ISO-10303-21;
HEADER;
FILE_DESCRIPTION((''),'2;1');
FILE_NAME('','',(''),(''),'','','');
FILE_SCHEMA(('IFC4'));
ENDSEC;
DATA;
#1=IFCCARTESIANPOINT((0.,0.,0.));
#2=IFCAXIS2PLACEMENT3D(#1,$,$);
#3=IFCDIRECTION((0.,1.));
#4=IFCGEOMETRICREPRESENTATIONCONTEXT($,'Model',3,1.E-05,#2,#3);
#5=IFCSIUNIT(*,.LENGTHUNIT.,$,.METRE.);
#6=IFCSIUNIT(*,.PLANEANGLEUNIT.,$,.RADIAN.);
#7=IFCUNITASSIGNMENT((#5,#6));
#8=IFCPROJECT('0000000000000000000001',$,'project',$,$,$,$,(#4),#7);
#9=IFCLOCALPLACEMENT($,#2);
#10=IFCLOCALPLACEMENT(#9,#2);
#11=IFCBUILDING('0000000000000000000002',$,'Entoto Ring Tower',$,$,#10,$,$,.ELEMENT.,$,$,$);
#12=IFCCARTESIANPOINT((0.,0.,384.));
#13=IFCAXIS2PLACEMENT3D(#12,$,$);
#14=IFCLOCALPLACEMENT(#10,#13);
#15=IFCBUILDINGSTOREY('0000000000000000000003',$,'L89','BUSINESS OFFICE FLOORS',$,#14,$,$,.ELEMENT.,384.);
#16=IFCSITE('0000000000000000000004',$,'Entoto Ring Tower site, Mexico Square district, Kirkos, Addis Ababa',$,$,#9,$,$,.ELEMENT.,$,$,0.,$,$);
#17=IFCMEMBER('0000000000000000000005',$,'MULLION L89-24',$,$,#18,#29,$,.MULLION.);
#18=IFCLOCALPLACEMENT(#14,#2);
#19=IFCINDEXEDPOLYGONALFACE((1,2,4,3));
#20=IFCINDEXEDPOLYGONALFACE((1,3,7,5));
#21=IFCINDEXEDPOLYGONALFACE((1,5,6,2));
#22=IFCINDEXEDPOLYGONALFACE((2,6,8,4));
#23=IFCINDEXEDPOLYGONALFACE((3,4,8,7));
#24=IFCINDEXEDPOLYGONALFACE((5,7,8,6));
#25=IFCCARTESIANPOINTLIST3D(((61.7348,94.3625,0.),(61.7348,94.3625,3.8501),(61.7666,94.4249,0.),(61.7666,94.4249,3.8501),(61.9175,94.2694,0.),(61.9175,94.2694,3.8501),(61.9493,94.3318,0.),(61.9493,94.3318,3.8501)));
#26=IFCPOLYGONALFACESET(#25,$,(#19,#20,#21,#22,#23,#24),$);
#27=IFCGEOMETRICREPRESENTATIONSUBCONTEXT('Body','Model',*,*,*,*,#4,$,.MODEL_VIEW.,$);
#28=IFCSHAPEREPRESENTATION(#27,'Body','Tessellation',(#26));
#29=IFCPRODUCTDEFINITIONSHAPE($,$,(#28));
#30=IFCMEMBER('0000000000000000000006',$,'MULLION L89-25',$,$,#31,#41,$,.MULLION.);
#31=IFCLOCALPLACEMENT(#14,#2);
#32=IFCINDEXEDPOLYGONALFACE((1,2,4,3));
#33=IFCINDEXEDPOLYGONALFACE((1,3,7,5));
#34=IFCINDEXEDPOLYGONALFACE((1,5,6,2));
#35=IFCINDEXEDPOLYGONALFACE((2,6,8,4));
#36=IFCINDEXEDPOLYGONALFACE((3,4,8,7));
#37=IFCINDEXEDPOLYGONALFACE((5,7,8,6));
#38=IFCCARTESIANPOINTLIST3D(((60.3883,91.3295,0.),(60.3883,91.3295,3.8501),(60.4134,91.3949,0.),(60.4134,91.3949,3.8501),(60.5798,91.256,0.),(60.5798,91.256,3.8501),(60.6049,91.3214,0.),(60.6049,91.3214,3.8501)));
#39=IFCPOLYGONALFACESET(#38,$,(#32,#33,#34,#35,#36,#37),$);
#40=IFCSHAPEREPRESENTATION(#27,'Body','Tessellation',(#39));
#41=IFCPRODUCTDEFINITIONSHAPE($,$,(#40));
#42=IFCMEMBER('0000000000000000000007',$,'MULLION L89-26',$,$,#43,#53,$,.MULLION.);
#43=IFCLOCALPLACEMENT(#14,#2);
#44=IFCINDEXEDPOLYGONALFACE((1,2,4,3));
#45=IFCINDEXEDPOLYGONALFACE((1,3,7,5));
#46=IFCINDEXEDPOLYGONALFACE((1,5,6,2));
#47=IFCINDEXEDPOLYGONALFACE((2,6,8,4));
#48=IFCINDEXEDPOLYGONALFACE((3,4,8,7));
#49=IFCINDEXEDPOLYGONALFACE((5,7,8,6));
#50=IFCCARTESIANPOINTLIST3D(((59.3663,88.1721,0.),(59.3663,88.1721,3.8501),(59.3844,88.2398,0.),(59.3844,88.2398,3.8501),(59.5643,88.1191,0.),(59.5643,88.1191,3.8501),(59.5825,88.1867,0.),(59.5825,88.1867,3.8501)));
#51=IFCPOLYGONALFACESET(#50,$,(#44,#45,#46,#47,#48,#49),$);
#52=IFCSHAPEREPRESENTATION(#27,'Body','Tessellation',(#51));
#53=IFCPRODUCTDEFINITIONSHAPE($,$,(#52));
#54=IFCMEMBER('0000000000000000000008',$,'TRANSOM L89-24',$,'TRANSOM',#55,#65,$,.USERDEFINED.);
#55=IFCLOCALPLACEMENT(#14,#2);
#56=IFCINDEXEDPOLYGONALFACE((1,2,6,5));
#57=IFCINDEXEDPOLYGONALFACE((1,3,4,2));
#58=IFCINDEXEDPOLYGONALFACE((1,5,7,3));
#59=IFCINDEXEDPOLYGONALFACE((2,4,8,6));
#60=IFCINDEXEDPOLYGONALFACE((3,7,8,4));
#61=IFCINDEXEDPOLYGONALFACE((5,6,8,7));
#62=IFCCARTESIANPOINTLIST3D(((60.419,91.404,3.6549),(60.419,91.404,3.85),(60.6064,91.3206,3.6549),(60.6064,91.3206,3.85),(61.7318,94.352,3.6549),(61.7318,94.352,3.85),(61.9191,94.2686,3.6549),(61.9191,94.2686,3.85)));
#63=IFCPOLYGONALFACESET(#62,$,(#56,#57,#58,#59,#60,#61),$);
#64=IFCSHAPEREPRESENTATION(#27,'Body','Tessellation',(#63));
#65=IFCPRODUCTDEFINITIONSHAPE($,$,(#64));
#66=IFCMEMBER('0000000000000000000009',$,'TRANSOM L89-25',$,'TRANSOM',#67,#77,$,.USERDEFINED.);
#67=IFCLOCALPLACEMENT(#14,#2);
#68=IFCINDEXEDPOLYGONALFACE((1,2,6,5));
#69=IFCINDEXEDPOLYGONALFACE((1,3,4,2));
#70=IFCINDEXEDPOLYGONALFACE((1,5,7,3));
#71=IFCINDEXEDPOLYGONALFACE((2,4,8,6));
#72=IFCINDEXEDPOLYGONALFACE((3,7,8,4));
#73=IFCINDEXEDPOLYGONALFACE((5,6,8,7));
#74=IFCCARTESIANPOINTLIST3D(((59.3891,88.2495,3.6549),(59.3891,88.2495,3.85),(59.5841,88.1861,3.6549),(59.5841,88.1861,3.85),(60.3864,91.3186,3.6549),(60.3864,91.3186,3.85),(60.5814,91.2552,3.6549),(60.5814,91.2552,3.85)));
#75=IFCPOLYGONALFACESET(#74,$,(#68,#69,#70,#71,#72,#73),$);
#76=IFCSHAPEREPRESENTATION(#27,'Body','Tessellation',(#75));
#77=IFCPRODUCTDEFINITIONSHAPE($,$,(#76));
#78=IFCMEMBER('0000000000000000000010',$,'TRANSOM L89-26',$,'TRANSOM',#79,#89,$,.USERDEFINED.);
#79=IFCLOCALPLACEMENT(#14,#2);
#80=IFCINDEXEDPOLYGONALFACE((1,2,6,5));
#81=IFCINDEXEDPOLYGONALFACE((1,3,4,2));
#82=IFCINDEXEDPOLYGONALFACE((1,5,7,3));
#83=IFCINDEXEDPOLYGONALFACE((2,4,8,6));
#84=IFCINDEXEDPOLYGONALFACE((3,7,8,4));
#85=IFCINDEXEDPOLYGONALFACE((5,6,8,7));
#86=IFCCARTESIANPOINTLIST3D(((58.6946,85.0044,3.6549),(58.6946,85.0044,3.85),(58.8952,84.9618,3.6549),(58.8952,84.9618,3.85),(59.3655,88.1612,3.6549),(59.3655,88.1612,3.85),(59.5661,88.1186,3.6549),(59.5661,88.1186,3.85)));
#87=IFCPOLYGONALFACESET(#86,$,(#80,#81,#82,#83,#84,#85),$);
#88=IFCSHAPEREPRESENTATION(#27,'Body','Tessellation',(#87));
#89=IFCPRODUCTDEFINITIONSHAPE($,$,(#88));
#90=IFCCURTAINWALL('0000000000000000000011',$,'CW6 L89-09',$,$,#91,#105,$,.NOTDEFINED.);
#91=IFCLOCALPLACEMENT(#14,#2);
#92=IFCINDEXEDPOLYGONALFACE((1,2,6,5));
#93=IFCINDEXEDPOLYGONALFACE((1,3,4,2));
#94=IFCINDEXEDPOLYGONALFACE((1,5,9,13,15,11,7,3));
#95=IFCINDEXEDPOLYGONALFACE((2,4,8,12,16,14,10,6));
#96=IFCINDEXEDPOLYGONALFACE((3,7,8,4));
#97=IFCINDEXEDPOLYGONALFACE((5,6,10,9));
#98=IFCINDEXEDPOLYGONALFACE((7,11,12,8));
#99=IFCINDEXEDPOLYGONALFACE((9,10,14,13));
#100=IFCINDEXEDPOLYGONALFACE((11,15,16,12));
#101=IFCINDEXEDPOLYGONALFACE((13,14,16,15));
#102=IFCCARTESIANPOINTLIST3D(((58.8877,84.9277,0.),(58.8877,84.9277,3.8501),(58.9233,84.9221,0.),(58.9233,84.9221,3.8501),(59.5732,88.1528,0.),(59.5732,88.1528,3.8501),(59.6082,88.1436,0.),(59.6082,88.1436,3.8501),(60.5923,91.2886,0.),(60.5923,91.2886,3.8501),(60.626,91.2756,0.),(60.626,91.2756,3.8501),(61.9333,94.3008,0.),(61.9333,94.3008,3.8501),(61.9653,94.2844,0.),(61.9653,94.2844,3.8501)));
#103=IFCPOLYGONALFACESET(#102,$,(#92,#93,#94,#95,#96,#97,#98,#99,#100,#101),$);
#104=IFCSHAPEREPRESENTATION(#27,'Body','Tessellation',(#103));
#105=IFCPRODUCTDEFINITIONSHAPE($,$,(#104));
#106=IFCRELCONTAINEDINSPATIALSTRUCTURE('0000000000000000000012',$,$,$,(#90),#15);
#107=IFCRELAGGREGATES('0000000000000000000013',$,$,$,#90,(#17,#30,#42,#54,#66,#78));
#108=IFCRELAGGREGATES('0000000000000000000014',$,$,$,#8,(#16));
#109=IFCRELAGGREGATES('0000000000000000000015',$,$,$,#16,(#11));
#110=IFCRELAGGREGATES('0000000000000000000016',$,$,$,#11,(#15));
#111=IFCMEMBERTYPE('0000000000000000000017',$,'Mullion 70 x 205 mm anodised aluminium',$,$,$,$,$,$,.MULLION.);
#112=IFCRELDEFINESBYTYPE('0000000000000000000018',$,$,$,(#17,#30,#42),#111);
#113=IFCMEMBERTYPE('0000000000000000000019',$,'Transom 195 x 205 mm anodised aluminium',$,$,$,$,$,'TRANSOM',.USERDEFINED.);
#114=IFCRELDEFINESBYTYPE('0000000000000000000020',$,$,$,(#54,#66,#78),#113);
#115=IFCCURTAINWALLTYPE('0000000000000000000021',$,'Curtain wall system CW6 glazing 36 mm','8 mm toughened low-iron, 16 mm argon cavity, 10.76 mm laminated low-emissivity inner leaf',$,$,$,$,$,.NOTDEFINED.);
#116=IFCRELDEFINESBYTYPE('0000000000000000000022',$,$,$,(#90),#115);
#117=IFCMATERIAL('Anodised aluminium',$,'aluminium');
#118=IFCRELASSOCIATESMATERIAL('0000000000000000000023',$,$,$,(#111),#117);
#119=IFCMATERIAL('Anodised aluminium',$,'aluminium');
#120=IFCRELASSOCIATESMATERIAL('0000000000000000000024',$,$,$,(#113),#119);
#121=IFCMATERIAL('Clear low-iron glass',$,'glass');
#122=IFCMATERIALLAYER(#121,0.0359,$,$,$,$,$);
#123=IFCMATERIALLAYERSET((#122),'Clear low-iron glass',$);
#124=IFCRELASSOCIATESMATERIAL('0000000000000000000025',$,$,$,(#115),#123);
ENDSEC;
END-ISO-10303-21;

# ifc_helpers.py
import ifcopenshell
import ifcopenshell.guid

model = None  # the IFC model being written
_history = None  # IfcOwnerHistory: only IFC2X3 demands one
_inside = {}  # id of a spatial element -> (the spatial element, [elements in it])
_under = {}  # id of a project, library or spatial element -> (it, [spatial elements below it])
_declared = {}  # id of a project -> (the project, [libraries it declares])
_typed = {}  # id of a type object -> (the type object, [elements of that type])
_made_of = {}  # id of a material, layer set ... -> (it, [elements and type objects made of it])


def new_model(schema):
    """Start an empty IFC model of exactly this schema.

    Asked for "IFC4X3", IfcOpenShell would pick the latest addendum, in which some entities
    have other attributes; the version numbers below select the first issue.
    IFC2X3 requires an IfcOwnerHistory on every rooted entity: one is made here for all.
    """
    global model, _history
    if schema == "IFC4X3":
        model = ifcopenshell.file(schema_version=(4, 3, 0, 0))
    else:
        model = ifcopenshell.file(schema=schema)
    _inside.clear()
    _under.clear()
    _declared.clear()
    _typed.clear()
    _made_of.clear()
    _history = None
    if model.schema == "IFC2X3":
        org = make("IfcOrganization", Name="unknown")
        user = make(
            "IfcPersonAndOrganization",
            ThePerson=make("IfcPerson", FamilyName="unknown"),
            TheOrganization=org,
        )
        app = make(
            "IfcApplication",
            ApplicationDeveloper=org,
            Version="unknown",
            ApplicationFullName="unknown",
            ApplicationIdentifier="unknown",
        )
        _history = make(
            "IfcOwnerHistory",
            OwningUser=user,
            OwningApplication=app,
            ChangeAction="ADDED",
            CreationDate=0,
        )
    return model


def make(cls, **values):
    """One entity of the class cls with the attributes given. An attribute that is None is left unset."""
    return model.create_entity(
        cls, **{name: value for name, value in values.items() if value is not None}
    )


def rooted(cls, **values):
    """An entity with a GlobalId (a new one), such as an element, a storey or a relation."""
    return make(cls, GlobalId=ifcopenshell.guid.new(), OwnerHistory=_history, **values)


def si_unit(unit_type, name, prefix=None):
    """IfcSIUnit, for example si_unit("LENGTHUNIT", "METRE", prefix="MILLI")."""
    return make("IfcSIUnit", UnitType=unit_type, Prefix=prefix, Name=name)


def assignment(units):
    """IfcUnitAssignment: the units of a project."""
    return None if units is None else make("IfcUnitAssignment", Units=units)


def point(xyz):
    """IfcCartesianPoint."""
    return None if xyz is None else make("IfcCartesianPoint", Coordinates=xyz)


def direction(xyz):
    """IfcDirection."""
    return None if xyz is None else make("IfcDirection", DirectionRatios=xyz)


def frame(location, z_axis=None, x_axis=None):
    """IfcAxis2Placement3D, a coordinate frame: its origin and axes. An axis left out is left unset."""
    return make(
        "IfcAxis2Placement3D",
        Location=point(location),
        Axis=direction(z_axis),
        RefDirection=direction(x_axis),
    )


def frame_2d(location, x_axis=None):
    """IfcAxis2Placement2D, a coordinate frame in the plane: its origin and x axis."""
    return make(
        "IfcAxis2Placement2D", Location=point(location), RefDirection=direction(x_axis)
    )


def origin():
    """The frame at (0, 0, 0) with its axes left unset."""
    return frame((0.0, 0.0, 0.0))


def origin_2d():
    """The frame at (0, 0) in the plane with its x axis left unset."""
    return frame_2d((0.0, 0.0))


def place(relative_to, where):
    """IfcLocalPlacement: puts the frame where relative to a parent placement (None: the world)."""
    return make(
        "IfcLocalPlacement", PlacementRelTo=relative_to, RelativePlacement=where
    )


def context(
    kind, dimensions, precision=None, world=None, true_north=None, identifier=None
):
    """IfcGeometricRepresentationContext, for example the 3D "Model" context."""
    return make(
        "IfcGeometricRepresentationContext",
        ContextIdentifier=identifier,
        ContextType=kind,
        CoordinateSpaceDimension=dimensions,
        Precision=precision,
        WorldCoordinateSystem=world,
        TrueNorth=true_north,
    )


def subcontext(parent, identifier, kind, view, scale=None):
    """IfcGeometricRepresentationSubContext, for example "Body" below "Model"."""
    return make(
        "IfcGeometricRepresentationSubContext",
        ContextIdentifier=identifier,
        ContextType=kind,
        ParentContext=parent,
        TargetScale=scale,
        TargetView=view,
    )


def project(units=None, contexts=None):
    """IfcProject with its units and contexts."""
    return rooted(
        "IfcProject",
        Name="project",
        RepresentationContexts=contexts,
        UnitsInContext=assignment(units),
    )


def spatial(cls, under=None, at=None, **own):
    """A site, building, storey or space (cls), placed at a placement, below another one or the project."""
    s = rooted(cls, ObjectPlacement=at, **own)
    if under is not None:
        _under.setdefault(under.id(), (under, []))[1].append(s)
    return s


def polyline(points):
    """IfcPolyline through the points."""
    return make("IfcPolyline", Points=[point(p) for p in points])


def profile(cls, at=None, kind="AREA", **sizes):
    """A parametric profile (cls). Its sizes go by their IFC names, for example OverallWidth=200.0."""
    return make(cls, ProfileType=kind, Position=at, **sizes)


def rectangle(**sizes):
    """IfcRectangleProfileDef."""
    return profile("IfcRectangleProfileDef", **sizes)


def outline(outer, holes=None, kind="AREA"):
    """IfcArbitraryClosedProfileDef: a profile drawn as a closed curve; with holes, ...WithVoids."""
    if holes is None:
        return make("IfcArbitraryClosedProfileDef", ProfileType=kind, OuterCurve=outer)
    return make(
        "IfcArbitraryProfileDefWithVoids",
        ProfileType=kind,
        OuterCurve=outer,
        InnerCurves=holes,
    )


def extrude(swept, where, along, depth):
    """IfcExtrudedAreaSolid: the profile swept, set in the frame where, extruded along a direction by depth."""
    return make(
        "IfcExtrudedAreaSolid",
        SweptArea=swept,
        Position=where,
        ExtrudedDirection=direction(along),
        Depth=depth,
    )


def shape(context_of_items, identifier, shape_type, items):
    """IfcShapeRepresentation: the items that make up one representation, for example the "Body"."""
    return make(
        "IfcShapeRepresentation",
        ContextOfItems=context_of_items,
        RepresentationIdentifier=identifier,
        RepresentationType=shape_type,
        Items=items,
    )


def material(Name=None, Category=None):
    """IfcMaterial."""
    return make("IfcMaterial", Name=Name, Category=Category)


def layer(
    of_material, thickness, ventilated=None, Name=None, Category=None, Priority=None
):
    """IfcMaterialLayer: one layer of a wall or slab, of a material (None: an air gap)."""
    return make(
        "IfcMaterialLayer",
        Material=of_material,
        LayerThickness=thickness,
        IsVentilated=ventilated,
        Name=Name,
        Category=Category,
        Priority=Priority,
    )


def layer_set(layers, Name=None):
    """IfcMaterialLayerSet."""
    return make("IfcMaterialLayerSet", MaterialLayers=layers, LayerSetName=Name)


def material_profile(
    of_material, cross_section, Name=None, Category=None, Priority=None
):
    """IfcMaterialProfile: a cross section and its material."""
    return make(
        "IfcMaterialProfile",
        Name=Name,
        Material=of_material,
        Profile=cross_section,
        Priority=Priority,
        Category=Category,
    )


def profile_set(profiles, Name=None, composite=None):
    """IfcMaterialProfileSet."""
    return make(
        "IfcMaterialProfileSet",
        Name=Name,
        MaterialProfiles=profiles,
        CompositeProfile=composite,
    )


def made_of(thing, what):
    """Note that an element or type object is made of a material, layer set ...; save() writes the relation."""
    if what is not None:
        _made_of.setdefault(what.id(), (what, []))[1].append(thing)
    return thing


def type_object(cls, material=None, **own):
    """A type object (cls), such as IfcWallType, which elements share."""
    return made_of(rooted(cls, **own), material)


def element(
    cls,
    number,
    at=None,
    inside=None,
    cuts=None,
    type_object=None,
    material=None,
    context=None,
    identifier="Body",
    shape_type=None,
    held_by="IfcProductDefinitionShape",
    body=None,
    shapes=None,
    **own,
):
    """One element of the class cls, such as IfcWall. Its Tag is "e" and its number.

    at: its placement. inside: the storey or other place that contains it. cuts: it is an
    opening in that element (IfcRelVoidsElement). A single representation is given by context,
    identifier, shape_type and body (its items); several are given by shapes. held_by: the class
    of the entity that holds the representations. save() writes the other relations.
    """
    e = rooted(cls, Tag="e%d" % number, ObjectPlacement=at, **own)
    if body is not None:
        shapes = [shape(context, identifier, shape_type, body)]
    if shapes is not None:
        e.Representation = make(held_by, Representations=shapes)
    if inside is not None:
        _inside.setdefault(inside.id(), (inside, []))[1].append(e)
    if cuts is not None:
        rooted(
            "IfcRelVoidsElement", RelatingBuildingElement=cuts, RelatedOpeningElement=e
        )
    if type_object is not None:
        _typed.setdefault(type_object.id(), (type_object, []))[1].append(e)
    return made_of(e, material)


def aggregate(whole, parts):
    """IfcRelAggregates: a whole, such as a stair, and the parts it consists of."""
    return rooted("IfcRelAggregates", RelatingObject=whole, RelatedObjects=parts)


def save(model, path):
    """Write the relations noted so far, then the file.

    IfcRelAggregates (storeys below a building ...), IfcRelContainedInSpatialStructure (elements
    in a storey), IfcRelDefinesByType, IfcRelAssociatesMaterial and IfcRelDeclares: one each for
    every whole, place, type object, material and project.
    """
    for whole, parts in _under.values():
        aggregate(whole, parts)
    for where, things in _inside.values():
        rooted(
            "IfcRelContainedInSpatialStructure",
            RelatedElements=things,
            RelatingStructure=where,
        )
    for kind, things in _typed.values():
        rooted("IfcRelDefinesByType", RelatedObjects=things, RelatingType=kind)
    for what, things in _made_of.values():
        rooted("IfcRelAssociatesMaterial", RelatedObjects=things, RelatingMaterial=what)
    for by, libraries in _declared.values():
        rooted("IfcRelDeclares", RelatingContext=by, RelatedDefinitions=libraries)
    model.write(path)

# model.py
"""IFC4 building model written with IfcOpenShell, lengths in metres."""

from ifc_helpers import new_model, si_unit, direction, frame, origin, origin_2d, place, context, subcontext, project, spatial, polyline, rectangle, outline, extrude, material, layer, layer_set, material_profile, profile_set, type_object, element, aggregate, save


model = new_model("IFC4")

# Units and contexts
model_context = context("Model", 3, precision=1e-05, world=origin(), true_north=direction((0.0, 1.0)))
body_context = subcontext(model_context, "Body", "Model", "MODEL_VIEW")
ifc_project = project(units=[si_unit("LENGTHUNIT", "METRE"), si_unit("PLANEANGLEUNIT", "RADIAN")], contexts=[model_context])

# Members
ifc_material_1 = material(Name="Anodised aluminium", Category="aluminium")
ifc_material_profile_1 = material_profile(ifc_material_1, rectangle(XDim=0.0701, YDim=0.2051, at=origin_2d()), Name="Mullion 70 x 205 mm anodised aluminium")
ifc_profile_set_1 = profile_set([ifc_material_profile_1], Name="Anodised aluminium")
member_type_1 = type_object("IfcMemberType", Name="Mullion 70 x 205 mm anodised aluminium", PredefinedType="MULLION", material=ifc_profile_set_1)
site_placement = place(None, origin())
building_placement = place(site_placement, origin())
storey_placement = place(building_placement, frame((0.0, 0.0, 384.0)))
member_1_placement = place(storey_placement, frame((61.842, 94.3472, 0.0), z_axis=(0.0, 0.0, 1.0), x_axis=(-0.45399, -0.891007, 0.0)))
member_1 = element("IfcMember", 1, at=member_1_placement, type_object=member_type_1, Name="MULLION L89-24", PredefinedType="MULLION", context=body_context, shape_type="SweptSolid", body=[
    extrude(rectangle(XDim=0.0701, YDim=0.2051, at=origin_2d()), origin(), (0.0, 0.0, 1.0), 3.8501),
])
member_2_placement = place(storey_placement, frame((60.4966, 91.3254, 0.0), z_axis=(0.0, 0.0, 1.0), x_axis=(-0.358368, -0.93358, 0.0)))
member_2 = element("IfcMember", 2, at=member_2_placement, type_object=member_type_1, Name="MULLION L89-25", PredefinedType="MULLION", context=body_context, shape_type="SweptSolid", body=[
    extrude(rectangle(XDim=0.0701, YDim=0.2051, at=origin_2d()), origin(), (0.0, 0.0, 1.0), 3.8501),
])
member_3_placement = place(storey_placement, frame((59.4744, 88.1794, 0.0), z_axis=(0.0, 0.0, 1.0), x_axis=(-0.258819, -0.965926, 0.0)))
member_3 = element("IfcMember", 3, at=member_3_placement, type_object=member_type_1, Name="MULLION L89-26", PredefinedType="MULLION", context=body_context, shape_type="SweptSolid", body=[
    extrude(rectangle(XDim=0.0701, YDim=0.2051, at=origin_2d()), origin(), (0.0, 0.0, 1.0), 3.8501),
])
ifc_material_2 = material(Name="Anodised aluminium", Category="aluminium")
ifc_material_profile_2 = material_profile(ifc_material_2, rectangle(XDim=0.2051, YDim=0.1951, at=origin_2d()), Name="Transom 195 x 205 mm anodised aluminium")
ifc_profile_set_2 = profile_set([ifc_material_profile_2], Name="Anodised aluminium")
member_type_2 = type_object("IfcMemberType", Name="Transom 195 x 205 mm anodised aluminium", ElementType="TRANSOM", PredefinedType="USERDEFINED", material=ifc_profile_set_2)
member_4_placement = place(storey_placement, frame((61.8254, 94.3103, 3.7524), z_axis=(-0.406791, -0.913521, 0.0), x_axis=(0.913521, -0.406791, 0.0)))
member_4 = element("IfcMember", 4, at=member_4_placement, type_object=member_type_2, Name="TRANSOM L89-24", ObjectType="TRANSOM", PredefinedType="USERDEFINED", context=body_context, shape_type="SweptSolid", body=[
    extrude(rectangle(XDim=0.2051, YDim=0.1951, at=origin_2d()), origin(), (0.0, 0.0, 1.0), 3.2271),
])
member_5_placement = place(storey_placement, frame((60.4839, 91.2869, 3.7524), z_axis=(-0.309047, -0.951047, 0.0), x_axis=(0.951047, -0.309047, 0.0)))
member_5 = element("IfcMember", 5, at=member_5_placement, type_object=member_type_2, Name="TRANSOM L89-25", ObjectType="TRANSOM", PredefinedType="USERDEFINED", context=body_context, shape_type="SweptSolid", body=[
    extrude(rectangle(XDim=0.2051, YDim=0.1951, at=origin_2d()), origin(), (0.0, 0.0, 1.0), 3.2271),
])
member_6_placement = place(storey_placement, frame((59.4658, 88.1399, 3.7524), z_axis=(-0.207886, -0.978153, 0.0), x_axis=(0.978153, -0.207886, 0.0)))
member_6 = element("IfcMember", 6, at=member_6_placement, type_object=member_type_2, Name="TRANSOM L89-26", ObjectType="TRANSOM", PredefinedType="USERDEFINED", context=body_context, shape_type="SweptSolid", body=[
    extrude(rectangle(XDim=0.2051, YDim=0.1951, at=origin_2d()), origin(), (0.0, 0.0, 1.0), 3.2273),
])

# Site, building, storey
site = spatial("IfcSite", under=ifc_project, at=site_placement, Name="Entoto Ring Tower site, Mexico Square district, Kirkos, Addis Ababa", CompositionType="ELEMENT", RefElevation=0.0)
building = spatial("IfcBuilding", under=site, at=building_placement, Name="Entoto Ring Tower", CompositionType="ELEMENT")
storey = spatial("IfcBuildingStorey", under=building, at=storey_placement, Name="L89", Description="BUSINESS OFFICE FLOORS", CompositionType="ELEMENT", Elevation=384.0)

# Curtain wall
ifc_material_3 = material(Name="Clear low-iron glass", Category="glass")
ifc_layer = layer(ifc_material_3, 0.0359)
ifc_layer_set = layer_set([ifc_layer], Name="Clear low-iron glass")
curtain_wall_type = type_object("IfcCurtainWallType", Name="Curtain wall system CW6 glazing 36 mm", Description="8 mm toughened low-iron, 16 mm argon cavity, 10.76 mm laminated low-emissivity inner leaf", PredefinedType="NOTDEFINED", material=ifc_layer_set)
curtain_wall_1_placement = place(storey_placement, origin())
curtain_wall_1 = element("IfcCurtainWall", 7, at=curtain_wall_1_placement, inside=storey, type_object=curtain_wall_type, Name="CW6 L89-09", PredefinedType="NOTDEFINED", context=body_context, shape_type="SweptSolid", body=[
    extrude(outline(polyline([(61.9333, 94.3008), (60.5923, 91.2886), (59.5732, 88.1528), (58.8877, 84.9277), (58.9233, 84.9221), (59.6082, 88.1436), (60.626, 91.2756), (61.9653, 94.2844), (61.9333, 94.3008)])), origin(), (0.0, 0.0, 1.0), 3.8501),
])
aggregate(curtain_wall_1, [member_1, member_2, member_3, member_4, member_5, member_6])

save(model, "model.ifc")
